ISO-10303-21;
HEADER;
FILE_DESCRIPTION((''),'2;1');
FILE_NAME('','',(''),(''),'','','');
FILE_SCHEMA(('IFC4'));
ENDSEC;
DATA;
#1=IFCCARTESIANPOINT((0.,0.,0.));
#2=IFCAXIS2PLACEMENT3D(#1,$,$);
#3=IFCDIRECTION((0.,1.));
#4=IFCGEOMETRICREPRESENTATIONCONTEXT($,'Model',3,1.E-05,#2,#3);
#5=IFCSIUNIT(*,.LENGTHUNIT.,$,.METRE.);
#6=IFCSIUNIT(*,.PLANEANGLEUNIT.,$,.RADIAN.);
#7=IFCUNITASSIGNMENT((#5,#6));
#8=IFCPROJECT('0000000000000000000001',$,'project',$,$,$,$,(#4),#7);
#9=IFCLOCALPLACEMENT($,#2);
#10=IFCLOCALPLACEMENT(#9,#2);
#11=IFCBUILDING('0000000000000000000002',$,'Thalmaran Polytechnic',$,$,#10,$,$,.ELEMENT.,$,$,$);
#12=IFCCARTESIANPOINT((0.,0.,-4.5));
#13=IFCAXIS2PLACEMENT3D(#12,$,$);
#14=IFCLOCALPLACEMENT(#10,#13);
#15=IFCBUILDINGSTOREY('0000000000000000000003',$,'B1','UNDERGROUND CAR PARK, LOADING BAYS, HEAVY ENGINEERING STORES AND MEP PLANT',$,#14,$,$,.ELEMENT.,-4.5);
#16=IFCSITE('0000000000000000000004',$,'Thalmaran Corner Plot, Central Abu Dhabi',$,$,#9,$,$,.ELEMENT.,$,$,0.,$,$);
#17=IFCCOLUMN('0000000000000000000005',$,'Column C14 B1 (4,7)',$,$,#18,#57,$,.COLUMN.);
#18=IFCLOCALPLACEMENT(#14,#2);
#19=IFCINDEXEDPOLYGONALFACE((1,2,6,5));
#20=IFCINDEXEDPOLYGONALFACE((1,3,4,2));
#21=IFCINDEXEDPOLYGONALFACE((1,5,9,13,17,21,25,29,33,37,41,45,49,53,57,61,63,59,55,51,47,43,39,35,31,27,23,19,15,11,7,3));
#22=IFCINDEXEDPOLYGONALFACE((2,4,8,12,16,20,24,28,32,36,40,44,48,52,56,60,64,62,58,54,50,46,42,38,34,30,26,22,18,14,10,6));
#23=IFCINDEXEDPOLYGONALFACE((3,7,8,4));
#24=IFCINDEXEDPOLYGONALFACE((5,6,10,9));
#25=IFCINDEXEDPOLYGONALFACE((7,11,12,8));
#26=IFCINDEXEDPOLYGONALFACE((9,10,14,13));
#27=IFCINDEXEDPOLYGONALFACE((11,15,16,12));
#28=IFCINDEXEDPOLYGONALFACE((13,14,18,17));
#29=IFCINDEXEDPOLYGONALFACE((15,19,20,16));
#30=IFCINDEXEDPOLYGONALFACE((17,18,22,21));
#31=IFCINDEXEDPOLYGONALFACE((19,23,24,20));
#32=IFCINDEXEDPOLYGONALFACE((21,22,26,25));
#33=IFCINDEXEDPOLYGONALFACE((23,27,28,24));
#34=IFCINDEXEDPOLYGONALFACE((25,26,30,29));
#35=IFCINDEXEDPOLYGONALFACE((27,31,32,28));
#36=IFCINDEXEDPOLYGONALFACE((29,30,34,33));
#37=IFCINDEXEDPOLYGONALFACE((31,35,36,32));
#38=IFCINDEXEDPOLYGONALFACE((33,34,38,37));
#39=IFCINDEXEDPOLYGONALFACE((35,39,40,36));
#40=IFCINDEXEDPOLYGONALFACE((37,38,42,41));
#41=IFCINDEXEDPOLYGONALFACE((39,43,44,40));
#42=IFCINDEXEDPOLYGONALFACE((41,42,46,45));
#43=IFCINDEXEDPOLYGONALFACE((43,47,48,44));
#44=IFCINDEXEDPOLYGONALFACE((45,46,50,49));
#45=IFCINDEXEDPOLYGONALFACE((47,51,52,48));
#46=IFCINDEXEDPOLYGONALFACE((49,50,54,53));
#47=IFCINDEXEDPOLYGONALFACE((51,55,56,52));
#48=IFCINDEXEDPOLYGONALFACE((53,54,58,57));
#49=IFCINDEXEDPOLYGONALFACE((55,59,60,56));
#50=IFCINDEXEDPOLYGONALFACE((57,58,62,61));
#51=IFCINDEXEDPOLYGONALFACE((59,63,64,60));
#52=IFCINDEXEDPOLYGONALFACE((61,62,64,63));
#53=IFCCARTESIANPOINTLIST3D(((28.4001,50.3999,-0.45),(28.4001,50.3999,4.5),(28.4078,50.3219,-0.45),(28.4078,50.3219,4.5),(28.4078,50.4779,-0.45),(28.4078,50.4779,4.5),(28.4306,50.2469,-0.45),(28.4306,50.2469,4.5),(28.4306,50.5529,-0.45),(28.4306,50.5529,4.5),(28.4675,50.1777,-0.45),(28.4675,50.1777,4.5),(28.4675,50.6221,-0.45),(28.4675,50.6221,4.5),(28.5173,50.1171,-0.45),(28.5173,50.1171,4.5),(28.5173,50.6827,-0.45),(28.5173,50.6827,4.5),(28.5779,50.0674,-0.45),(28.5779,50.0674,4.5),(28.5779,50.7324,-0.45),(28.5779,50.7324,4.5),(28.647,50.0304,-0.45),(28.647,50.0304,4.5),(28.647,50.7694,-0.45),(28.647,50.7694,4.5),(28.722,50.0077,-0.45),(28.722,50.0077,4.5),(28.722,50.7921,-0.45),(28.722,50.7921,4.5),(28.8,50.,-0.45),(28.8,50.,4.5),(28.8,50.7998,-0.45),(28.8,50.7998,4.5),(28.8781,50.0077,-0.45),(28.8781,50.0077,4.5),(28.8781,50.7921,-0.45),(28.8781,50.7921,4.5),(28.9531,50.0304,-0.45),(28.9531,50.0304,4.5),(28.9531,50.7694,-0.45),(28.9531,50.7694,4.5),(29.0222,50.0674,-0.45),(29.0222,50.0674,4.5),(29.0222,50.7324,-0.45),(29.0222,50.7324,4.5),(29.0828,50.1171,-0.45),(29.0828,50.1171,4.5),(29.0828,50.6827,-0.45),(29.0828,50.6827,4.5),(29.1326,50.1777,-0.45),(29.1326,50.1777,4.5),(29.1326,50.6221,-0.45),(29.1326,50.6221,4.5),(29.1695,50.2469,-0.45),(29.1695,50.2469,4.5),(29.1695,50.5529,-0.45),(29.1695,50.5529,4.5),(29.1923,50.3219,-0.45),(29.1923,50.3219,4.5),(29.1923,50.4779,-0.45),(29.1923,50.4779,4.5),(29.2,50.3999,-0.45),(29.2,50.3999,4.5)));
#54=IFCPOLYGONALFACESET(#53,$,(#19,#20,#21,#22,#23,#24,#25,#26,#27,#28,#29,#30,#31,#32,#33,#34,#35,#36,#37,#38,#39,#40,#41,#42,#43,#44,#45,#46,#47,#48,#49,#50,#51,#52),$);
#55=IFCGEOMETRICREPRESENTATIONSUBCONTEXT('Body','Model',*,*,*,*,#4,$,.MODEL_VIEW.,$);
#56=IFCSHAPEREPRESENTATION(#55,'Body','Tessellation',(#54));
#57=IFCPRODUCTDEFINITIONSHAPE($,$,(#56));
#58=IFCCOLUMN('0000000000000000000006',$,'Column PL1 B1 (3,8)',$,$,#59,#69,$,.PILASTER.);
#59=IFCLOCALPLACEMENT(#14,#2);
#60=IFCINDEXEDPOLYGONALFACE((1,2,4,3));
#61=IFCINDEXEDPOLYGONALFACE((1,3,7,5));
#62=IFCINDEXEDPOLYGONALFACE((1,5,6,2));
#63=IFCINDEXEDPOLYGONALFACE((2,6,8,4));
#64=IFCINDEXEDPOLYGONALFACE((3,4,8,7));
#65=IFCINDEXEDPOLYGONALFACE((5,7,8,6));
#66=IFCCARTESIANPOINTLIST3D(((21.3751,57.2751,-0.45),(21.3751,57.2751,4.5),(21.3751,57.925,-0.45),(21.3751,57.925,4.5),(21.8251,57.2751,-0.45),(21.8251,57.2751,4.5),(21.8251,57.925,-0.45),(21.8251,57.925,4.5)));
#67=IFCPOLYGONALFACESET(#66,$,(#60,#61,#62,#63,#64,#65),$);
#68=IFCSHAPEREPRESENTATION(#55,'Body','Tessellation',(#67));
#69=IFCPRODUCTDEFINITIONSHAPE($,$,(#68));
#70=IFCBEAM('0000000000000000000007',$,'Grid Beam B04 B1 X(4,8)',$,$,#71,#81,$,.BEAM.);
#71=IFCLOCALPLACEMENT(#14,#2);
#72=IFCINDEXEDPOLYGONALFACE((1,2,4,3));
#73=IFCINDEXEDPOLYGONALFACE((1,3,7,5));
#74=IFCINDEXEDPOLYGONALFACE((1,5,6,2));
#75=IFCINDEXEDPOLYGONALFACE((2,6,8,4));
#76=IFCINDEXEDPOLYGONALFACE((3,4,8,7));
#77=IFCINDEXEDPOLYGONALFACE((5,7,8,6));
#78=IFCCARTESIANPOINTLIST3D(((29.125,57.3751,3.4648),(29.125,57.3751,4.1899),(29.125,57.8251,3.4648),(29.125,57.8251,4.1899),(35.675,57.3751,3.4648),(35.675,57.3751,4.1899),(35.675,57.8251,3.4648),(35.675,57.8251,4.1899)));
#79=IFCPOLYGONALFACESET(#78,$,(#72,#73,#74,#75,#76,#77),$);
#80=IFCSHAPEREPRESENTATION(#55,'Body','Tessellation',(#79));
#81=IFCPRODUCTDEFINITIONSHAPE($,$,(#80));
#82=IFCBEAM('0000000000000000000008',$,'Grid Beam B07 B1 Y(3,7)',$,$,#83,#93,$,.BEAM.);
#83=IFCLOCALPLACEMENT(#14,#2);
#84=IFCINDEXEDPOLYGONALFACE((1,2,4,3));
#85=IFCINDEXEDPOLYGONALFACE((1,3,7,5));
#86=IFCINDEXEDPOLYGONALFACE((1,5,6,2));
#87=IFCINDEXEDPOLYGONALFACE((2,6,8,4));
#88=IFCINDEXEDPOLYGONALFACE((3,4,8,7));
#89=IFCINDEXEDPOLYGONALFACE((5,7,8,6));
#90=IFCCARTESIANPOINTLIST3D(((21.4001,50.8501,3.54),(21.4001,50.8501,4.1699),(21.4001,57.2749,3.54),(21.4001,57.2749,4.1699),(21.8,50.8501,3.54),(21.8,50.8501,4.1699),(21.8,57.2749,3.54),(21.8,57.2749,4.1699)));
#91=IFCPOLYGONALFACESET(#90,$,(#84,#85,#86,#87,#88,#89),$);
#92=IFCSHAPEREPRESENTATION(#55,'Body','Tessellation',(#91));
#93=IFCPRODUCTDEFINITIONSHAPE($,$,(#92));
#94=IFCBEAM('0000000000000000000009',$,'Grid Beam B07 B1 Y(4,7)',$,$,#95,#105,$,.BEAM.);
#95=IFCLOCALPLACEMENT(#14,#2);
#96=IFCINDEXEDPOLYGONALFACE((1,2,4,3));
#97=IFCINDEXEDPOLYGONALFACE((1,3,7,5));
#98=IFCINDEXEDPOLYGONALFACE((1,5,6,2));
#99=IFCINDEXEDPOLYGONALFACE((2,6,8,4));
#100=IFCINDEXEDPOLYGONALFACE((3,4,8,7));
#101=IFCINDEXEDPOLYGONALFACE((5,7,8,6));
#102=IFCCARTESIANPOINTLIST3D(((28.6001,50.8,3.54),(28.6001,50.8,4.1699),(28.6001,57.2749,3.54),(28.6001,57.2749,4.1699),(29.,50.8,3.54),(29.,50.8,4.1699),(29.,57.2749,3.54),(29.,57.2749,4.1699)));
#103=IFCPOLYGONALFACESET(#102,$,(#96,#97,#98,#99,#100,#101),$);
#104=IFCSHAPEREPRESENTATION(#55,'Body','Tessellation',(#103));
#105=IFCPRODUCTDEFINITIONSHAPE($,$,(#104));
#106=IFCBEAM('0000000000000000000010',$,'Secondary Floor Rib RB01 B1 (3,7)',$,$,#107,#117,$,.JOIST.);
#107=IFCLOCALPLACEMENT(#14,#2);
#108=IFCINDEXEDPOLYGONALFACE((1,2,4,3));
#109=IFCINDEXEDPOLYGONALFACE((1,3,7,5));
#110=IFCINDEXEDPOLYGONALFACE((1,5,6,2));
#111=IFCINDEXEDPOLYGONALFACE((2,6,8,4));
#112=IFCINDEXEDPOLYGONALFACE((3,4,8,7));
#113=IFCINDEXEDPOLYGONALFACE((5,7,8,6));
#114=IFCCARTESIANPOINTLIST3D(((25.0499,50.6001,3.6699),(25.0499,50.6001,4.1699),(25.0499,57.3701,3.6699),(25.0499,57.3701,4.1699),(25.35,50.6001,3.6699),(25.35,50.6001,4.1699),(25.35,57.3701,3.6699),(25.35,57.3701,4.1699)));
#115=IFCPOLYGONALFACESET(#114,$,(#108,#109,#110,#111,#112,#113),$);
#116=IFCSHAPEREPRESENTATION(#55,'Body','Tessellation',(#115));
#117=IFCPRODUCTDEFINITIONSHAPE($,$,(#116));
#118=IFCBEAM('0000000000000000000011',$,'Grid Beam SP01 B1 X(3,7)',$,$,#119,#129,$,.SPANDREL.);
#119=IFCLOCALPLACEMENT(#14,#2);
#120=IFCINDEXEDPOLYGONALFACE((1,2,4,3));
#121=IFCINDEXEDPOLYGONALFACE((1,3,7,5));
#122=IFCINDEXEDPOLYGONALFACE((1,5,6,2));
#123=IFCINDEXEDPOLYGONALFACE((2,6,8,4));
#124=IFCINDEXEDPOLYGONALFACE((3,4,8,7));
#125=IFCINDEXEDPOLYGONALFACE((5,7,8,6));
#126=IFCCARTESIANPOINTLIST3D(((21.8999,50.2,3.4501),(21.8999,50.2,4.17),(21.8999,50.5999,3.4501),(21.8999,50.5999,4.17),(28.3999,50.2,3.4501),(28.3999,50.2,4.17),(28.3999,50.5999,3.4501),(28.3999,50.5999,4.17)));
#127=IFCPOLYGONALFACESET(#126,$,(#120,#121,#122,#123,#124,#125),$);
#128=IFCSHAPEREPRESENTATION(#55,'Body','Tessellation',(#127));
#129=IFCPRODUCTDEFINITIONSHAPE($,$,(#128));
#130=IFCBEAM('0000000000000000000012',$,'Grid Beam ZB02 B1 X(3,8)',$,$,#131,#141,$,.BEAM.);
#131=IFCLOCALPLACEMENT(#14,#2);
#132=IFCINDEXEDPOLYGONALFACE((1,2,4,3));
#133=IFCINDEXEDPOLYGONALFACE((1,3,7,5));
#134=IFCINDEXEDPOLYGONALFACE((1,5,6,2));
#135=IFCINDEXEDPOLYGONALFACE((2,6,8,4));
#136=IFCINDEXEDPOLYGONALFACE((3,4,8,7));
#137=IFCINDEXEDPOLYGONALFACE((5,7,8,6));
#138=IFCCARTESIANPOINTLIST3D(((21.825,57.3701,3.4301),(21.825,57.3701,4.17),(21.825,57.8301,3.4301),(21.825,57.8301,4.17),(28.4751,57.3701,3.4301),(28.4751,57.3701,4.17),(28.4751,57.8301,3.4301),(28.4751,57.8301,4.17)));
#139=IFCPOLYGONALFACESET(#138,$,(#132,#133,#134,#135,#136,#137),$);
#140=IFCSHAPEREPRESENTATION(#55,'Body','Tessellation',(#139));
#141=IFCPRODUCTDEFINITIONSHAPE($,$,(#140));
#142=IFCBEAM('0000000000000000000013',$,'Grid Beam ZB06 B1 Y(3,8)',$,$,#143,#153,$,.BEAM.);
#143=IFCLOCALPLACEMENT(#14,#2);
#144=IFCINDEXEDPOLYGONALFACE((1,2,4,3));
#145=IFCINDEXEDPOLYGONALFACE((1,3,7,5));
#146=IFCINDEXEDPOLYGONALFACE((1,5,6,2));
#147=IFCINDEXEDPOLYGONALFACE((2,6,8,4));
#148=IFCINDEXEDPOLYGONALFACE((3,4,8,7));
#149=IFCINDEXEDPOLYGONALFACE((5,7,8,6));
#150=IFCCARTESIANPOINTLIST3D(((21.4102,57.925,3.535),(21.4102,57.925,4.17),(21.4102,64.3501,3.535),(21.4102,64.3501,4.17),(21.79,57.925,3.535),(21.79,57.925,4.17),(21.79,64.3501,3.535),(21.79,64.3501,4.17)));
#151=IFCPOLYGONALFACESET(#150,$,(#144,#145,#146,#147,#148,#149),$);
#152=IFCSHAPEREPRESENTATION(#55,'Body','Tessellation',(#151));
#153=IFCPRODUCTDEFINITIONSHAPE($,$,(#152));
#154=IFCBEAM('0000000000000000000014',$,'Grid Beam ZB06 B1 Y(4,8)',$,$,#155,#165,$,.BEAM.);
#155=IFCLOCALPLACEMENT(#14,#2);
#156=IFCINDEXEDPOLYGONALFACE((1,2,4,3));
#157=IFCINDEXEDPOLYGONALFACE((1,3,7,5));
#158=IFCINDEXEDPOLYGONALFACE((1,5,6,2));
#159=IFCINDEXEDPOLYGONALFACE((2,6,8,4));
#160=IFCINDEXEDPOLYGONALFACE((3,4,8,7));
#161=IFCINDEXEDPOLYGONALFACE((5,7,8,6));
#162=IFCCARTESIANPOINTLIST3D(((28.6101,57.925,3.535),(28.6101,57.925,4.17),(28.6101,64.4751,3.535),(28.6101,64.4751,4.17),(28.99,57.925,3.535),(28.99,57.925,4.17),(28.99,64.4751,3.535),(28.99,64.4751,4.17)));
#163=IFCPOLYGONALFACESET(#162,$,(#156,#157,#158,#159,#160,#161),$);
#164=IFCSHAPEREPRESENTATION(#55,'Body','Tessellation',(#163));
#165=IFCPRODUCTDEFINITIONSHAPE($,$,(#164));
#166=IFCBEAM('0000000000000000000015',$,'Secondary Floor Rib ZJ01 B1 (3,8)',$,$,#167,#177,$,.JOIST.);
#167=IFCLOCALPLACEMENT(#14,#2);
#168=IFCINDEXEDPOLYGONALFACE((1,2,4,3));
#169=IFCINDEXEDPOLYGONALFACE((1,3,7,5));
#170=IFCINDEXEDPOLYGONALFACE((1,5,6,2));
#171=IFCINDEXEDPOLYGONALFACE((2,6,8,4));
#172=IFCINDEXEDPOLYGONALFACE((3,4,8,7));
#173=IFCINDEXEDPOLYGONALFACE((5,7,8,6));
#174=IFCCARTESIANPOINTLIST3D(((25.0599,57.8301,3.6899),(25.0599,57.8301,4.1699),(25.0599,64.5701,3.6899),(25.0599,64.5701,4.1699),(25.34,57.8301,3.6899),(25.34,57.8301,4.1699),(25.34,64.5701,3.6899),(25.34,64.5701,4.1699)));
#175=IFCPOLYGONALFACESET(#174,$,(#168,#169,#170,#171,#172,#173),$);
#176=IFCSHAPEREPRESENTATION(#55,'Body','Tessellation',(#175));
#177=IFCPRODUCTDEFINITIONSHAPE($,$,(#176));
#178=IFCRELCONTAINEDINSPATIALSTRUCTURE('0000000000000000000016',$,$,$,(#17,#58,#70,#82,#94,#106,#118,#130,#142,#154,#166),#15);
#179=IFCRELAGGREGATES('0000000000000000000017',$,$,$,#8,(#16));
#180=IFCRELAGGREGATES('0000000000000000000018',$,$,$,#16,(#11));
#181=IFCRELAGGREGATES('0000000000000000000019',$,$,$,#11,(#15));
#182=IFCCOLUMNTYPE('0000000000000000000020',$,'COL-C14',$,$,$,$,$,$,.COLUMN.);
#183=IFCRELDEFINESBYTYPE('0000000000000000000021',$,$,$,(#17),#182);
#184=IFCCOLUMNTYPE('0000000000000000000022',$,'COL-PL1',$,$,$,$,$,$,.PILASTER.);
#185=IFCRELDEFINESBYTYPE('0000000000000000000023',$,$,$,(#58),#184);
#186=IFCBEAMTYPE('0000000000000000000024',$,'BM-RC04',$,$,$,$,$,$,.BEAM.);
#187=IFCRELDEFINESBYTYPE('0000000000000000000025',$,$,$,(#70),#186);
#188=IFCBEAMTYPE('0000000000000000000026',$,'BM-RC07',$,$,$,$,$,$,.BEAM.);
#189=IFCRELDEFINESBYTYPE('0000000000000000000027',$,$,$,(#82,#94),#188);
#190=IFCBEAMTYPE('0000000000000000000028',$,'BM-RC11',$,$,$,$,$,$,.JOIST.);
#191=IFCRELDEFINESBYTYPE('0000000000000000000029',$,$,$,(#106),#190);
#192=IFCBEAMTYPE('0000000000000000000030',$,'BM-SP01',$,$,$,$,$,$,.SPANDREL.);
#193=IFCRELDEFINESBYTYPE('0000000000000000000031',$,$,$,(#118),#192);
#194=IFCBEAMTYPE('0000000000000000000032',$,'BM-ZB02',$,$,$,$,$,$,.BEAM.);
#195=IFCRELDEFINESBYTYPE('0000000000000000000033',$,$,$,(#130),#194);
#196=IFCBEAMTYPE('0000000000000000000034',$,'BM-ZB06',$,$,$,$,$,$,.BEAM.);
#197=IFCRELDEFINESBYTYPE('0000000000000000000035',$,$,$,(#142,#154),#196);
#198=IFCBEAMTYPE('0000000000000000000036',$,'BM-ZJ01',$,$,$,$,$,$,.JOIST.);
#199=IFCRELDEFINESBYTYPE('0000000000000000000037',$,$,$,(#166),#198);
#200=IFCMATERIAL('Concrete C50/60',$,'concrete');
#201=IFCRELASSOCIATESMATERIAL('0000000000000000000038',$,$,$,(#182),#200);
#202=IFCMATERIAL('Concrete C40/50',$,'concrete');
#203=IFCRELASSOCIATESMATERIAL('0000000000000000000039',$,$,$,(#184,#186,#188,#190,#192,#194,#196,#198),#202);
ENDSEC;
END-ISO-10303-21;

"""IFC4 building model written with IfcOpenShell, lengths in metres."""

from ifc_helpers import new_model, si_unit, direction, frame, origin, origin_2d, place, context, subcontext, project, spatial, rectangle, circle, extrude, material, material_profile, profile_set, type_object, element, save


model = new_model("IFC4")

# Units and contexts
model_context = context("Model", 3, precision=1e-05, world=origin(), true_north=direction((0.0, 1.0)))
body_context = subcontext(model_context, "Body", "Model", "MODEL_VIEW")
ifc_project = project(units=[si_unit("LENGTHUNIT", "METRE"), si_unit("PLANEANGLEUNIT", "RADIAN")], contexts=[model_context])

# Site, building, storey
site_placement = place(None, origin())
site = spatial("IfcSite", under=ifc_project, at=site_placement, Name="Thalmaran Corner Plot, Central Abu Dhabi", CompositionType="ELEMENT", RefElevation=0.0)
building_placement = place(site_placement, origin())
building = spatial("IfcBuilding", under=site, at=building_placement, Name="Thalmaran Polytechnic", CompositionType="ELEMENT")
storey_placement = place(building_placement, frame((0.0, 0.0, -4.5)))
storey = spatial("IfcBuildingStorey", under=building, at=storey_placement, Name="B1", Description="UNDERGROUND CAR PARK, LOADING BAYS, HEAVY ENGINEERING STORES AND MEP PLANT", CompositionType="ELEMENT", Elevation=-4.5)

# Shared definitions
ifc_material_1 = material(Name="Concrete C40/50", Category="concrete")

# Columns
ifc_material_2 = material(Name="Concrete C50/60", Category="concrete")
ifc_material_profile_1 = material_profile(ifc_material_2, circle(Radius=0.3999, at=origin_2d()), Name="RC 800 DIA")
ifc_profile_set_1 = profile_set([ifc_material_profile_1], Name="Concrete C50/60")
column_type_1 = type_object("IfcColumnType", Name="COL-C14", PredefinedType="COLUMN", material=ifc_profile_set_1)
column_1_placement = place(storey_placement, frame((28.8, 50.3999, -0.45), z_axis=(0.0, 0.0, 1.0), x_axis=(1.0, 0.0, 0.0)))
element("IfcColumn", 1, at=column_1_placement, inside=storey, type_object=column_type_1, Name="Column C14 B1 (4,7)", PredefinedType="COLUMN", context=body_context, shape_type="SweptSolid", body=[
    extrude(circle(Radius=0.3999, at=origin_2d()), origin(), (0.0, 0.0, 1.0), 4.95),
])
ifc_material_profile_2 = material_profile(ifc_material_1, rectangle(XDim=0.45, YDim=0.6499, at=origin_2d()), Name="RC 450x650")
ifc_profile_set_2 = profile_set([ifc_material_profile_2], Name="Concrete C40/50")
column_type_2 = type_object("IfcColumnType", Name="COL-PL1", PredefinedType="PILASTER", material=ifc_profile_set_2)
column_2_placement = place(storey_placement, frame((21.6001, 57.6001, -0.45), z_axis=(0.0, 0.0, 1.0), x_axis=(1.0, 0.0, 0.0)))
element("IfcColumn", 2, at=column_2_placement, inside=storey, type_object=column_type_2, Name="Column PL1 B1 (3,8)", PredefinedType="PILASTER", context=body_context, shape_type="SweptSolid", body=[
    extrude(rectangle(XDim=0.45, YDim=0.6499, at=origin_2d()), origin(), (0.0, 0.0, 1.0), 4.95),
])

# Beams
ifc_material_profile_3 = material_profile(ifc_material_1, rectangle(XDim=0.45, YDim=0.7251, at=origin_2d()), Name="RC 450x725")
ifc_profile_set_3 = profile_set([ifc_material_profile_3], Name="Concrete C40/50")
beam_type_1 = type_object("IfcBeamType", Name="BM-RC04", PredefinedType="BEAM", material=ifc_profile_set_3)
beam_1_placement = place(storey_placement, frame((29.125, 57.6001, 3.8274), z_axis=(1.0, 0.0, 0.0), x_axis=(0.0, 1.0, 0.0)))
element("IfcBeam", 3, at=beam_1_placement, inside=storey, type_object=beam_type_1, Name="Grid Beam B04 B1 X(4,8)", PredefinedType="BEAM", context=body_context, shape_type="SweptSolid", body=[
    extrude(rectangle(XDim=0.45, YDim=0.7251, at=origin_2d()), origin(), (0.0, 0.0, 1.0), 6.55),
])
ifc_material_profile_4 = material_profile(ifc_material_1, rectangle(XDim=0.3999, YDim=0.6299, at=origin_2d()), Name="RC 400x630")
ifc_profile_set_4 = profile_set([ifc_material_profile_4], Name="Concrete C40/50")
beam_type_2 = type_object("IfcBeamType", Name="BM-RC07", PredefinedType="BEAM", material=ifc_profile_set_4)
beam_2_placement = place(storey_placement, frame((21.6001, 50.8501, 3.855), z_axis=(0.0, 1.0, 0.0), x_axis=(-1.0, 0.0, 0.0)))
element("IfcBeam", 4, at=beam_2_placement, inside=storey, type_object=beam_type_2, Name="Grid Beam B07 B1 Y(3,7)", PredefinedType="BEAM", context=body_context, shape_type="SweptSolid", body=[
    extrude(rectangle(XDim=0.3999, YDim=0.6299, at=origin_2d()), origin(), (0.0, 0.0, 1.0), 6.4248),
])
beam_3_placement = place(storey_placement, frame((28.8, 50.8, 3.855), z_axis=(0.0, 1.0, 0.0), x_axis=(-1.0, 0.0, 0.0)))
element("IfcBeam", 5, at=beam_3_placement, inside=storey, type_object=beam_type_2, Name="Grid Beam B07 B1 Y(4,7)", PredefinedType="BEAM", context=body_context, shape_type="SweptSolid", body=[
    extrude(rectangle(XDim=0.3999, YDim=0.6299, at=origin_2d()), origin(), (0.0, 0.0, 1.0), 6.4749),
])
ifc_material_profile_5 = material_profile(ifc_material_1, rectangle(XDim=0.3, YDim=0.5, at=origin_2d()), Name="RC 300x500")
ifc_profile_set_5 = profile_set([ifc_material_profile_5], Name="Concrete C40/50")
beam_type_3 = type_object("IfcBeamType", Name="BM-RC11", PredefinedType="JOIST", material=ifc_profile_set_5)
beam_4_placement = place(storey_placement, frame((25.2, 50.6001, 3.9199), z_axis=(0.0, 1.0, 0.0), x_axis=(-1.0, 0.0, 0.0)))
element("IfcBeam", 6, at=beam_4_placement, inside=storey, type_object=beam_type_3, Name="Secondary Floor Rib RB01 B1 (3,7)", PredefinedType="JOIST", context=body_context, shape_type="SweptSolid", body=[
    extrude(rectangle(XDim=0.3, YDim=0.5, at=origin_2d()), origin(), (0.0, 0.0, 1.0), 6.77),
])
ifc_material_profile_6 = material_profile(ifc_material_1, rectangle(XDim=0.3999, YDim=0.72, at=origin_2d()), Name="RC 400x720")
ifc_profile_set_6 = profile_set([ifc_material_profile_6], Name="Concrete C40/50")
beam_type_4 = type_object("IfcBeamType", Name="BM-SP01", PredefinedType="SPANDREL", material=ifc_profile_set_6)
beam_5_placement = place(storey_placement, frame((21.8999, 50.3999, 3.8101), z_axis=(1.0, 0.0, 0.0), x_axis=(0.0, 1.0, 0.0)))
element("IfcBeam", 7, at=beam_5_placement, inside=storey, type_object=beam_type_4, Name="Grid Beam SP01 B1 X(3,7)", PredefinedType="SPANDREL", context=body_context, shape_type="SweptSolid", body=[
    extrude(rectangle(XDim=0.3999, YDim=0.72, at=origin_2d()), origin(), (0.0, 0.0, 1.0), 6.5),
])
ifc_material_profile_7 = material_profile(ifc_material_1, rectangle(XDim=0.46, YDim=0.74, at=origin_2d()), Name="RC 460x740")
ifc_profile_set_7 = profile_set([ifc_material_profile_7], Name="Concrete C40/50")
beam_type_5 = type_object("IfcBeamType", Name="BM-ZB02", PredefinedType="BEAM", material=ifc_profile_set_7)
beam_6_placement = place(storey_placement, frame((21.825, 57.6001, 3.8), z_axis=(1.0, 0.0, 0.0), x_axis=(0.0, 1.0, 0.0)))
element("IfcBeam", 8, at=beam_6_placement, inside=storey, type_object=beam_type_5, Name="Grid Beam ZB02 B1 X(3,8)", PredefinedType="BEAM", context=body_context, shape_type="SweptSolid", body=[
    extrude(rectangle(XDim=0.46, YDim=0.74, at=origin_2d()), origin(), (0.0, 0.0, 1.0), 6.6501),
])
ifc_material_profile_8 = material_profile(ifc_material_1, rectangle(XDim=0.3799, YDim=0.635, at=origin_2d()), Name="RC 380x635")
ifc_profile_set_8 = profile_set([ifc_material_profile_8], Name="Concrete C40/50")
beam_type_6 = type_object("IfcBeamType", Name="BM-ZB06", PredefinedType="BEAM", material=ifc_profile_set_8)
beam_7_placement = place(storey_placement, frame((21.6001, 57.925, 3.8525), z_axis=(0.0, 1.0, 0.0), x_axis=(-1.0, 0.0, 0.0)))
element("IfcBeam", 9, at=beam_7_placement, inside=storey, type_object=beam_type_6, Name="Grid Beam ZB06 B1 Y(3,8)", PredefinedType="BEAM", context=body_context, shape_type="SweptSolid", body=[
    extrude(rectangle(XDim=0.3799, YDim=0.635, at=origin_2d()), origin(), (0.0, 0.0, 1.0), 6.425),
])
beam_8_placement = place(storey_placement, frame((28.8, 57.925, 3.8525), z_axis=(0.0, 1.0, 0.0), x_axis=(-1.0, 0.0, 0.0)))
element("IfcBeam", 10, at=beam_8_placement, inside=storey, type_object=beam_type_6, Name="Grid Beam ZB06 B1 Y(4,8)", PredefinedType="BEAM", context=body_context, shape_type="SweptSolid", body=[
    extrude(rectangle(XDim=0.3799, YDim=0.635, at=origin_2d()), origin(), (0.0, 0.0, 1.0), 6.55),
])
ifc_material_profile_9 = material_profile(ifc_material_1, rectangle(XDim=0.28, YDim=0.48, at=origin_2d()), Name="RC 280x480")
ifc_profile_set_9 = profile_set([ifc_material_profile_9], Name="Concrete C40/50")
beam_type_7 = type_object("IfcBeamType", Name="BM-ZJ01", PredefinedType="JOIST", material=ifc_profile_set_9)
beam_9_placement = place(storey_placement, frame((25.2, 57.8301, 3.9299), z_axis=(0.0, 1.0, 0.0), x_axis=(-1.0, 0.0, 0.0)))
element("IfcBeam", 11, at=beam_9_placement, inside=storey, type_object=beam_type_7, Name="Secondary Floor Rib ZJ01 B1 (3,8)", PredefinedType="JOIST", context=body_context, shape_type="SweptSolid", body=[
    extrude(rectangle(XDim=0.28, YDim=0.48, at=origin_2d()), origin(), (0.0, 0.0, 1.0), 6.74),
])

save(model, "model.ifc")
